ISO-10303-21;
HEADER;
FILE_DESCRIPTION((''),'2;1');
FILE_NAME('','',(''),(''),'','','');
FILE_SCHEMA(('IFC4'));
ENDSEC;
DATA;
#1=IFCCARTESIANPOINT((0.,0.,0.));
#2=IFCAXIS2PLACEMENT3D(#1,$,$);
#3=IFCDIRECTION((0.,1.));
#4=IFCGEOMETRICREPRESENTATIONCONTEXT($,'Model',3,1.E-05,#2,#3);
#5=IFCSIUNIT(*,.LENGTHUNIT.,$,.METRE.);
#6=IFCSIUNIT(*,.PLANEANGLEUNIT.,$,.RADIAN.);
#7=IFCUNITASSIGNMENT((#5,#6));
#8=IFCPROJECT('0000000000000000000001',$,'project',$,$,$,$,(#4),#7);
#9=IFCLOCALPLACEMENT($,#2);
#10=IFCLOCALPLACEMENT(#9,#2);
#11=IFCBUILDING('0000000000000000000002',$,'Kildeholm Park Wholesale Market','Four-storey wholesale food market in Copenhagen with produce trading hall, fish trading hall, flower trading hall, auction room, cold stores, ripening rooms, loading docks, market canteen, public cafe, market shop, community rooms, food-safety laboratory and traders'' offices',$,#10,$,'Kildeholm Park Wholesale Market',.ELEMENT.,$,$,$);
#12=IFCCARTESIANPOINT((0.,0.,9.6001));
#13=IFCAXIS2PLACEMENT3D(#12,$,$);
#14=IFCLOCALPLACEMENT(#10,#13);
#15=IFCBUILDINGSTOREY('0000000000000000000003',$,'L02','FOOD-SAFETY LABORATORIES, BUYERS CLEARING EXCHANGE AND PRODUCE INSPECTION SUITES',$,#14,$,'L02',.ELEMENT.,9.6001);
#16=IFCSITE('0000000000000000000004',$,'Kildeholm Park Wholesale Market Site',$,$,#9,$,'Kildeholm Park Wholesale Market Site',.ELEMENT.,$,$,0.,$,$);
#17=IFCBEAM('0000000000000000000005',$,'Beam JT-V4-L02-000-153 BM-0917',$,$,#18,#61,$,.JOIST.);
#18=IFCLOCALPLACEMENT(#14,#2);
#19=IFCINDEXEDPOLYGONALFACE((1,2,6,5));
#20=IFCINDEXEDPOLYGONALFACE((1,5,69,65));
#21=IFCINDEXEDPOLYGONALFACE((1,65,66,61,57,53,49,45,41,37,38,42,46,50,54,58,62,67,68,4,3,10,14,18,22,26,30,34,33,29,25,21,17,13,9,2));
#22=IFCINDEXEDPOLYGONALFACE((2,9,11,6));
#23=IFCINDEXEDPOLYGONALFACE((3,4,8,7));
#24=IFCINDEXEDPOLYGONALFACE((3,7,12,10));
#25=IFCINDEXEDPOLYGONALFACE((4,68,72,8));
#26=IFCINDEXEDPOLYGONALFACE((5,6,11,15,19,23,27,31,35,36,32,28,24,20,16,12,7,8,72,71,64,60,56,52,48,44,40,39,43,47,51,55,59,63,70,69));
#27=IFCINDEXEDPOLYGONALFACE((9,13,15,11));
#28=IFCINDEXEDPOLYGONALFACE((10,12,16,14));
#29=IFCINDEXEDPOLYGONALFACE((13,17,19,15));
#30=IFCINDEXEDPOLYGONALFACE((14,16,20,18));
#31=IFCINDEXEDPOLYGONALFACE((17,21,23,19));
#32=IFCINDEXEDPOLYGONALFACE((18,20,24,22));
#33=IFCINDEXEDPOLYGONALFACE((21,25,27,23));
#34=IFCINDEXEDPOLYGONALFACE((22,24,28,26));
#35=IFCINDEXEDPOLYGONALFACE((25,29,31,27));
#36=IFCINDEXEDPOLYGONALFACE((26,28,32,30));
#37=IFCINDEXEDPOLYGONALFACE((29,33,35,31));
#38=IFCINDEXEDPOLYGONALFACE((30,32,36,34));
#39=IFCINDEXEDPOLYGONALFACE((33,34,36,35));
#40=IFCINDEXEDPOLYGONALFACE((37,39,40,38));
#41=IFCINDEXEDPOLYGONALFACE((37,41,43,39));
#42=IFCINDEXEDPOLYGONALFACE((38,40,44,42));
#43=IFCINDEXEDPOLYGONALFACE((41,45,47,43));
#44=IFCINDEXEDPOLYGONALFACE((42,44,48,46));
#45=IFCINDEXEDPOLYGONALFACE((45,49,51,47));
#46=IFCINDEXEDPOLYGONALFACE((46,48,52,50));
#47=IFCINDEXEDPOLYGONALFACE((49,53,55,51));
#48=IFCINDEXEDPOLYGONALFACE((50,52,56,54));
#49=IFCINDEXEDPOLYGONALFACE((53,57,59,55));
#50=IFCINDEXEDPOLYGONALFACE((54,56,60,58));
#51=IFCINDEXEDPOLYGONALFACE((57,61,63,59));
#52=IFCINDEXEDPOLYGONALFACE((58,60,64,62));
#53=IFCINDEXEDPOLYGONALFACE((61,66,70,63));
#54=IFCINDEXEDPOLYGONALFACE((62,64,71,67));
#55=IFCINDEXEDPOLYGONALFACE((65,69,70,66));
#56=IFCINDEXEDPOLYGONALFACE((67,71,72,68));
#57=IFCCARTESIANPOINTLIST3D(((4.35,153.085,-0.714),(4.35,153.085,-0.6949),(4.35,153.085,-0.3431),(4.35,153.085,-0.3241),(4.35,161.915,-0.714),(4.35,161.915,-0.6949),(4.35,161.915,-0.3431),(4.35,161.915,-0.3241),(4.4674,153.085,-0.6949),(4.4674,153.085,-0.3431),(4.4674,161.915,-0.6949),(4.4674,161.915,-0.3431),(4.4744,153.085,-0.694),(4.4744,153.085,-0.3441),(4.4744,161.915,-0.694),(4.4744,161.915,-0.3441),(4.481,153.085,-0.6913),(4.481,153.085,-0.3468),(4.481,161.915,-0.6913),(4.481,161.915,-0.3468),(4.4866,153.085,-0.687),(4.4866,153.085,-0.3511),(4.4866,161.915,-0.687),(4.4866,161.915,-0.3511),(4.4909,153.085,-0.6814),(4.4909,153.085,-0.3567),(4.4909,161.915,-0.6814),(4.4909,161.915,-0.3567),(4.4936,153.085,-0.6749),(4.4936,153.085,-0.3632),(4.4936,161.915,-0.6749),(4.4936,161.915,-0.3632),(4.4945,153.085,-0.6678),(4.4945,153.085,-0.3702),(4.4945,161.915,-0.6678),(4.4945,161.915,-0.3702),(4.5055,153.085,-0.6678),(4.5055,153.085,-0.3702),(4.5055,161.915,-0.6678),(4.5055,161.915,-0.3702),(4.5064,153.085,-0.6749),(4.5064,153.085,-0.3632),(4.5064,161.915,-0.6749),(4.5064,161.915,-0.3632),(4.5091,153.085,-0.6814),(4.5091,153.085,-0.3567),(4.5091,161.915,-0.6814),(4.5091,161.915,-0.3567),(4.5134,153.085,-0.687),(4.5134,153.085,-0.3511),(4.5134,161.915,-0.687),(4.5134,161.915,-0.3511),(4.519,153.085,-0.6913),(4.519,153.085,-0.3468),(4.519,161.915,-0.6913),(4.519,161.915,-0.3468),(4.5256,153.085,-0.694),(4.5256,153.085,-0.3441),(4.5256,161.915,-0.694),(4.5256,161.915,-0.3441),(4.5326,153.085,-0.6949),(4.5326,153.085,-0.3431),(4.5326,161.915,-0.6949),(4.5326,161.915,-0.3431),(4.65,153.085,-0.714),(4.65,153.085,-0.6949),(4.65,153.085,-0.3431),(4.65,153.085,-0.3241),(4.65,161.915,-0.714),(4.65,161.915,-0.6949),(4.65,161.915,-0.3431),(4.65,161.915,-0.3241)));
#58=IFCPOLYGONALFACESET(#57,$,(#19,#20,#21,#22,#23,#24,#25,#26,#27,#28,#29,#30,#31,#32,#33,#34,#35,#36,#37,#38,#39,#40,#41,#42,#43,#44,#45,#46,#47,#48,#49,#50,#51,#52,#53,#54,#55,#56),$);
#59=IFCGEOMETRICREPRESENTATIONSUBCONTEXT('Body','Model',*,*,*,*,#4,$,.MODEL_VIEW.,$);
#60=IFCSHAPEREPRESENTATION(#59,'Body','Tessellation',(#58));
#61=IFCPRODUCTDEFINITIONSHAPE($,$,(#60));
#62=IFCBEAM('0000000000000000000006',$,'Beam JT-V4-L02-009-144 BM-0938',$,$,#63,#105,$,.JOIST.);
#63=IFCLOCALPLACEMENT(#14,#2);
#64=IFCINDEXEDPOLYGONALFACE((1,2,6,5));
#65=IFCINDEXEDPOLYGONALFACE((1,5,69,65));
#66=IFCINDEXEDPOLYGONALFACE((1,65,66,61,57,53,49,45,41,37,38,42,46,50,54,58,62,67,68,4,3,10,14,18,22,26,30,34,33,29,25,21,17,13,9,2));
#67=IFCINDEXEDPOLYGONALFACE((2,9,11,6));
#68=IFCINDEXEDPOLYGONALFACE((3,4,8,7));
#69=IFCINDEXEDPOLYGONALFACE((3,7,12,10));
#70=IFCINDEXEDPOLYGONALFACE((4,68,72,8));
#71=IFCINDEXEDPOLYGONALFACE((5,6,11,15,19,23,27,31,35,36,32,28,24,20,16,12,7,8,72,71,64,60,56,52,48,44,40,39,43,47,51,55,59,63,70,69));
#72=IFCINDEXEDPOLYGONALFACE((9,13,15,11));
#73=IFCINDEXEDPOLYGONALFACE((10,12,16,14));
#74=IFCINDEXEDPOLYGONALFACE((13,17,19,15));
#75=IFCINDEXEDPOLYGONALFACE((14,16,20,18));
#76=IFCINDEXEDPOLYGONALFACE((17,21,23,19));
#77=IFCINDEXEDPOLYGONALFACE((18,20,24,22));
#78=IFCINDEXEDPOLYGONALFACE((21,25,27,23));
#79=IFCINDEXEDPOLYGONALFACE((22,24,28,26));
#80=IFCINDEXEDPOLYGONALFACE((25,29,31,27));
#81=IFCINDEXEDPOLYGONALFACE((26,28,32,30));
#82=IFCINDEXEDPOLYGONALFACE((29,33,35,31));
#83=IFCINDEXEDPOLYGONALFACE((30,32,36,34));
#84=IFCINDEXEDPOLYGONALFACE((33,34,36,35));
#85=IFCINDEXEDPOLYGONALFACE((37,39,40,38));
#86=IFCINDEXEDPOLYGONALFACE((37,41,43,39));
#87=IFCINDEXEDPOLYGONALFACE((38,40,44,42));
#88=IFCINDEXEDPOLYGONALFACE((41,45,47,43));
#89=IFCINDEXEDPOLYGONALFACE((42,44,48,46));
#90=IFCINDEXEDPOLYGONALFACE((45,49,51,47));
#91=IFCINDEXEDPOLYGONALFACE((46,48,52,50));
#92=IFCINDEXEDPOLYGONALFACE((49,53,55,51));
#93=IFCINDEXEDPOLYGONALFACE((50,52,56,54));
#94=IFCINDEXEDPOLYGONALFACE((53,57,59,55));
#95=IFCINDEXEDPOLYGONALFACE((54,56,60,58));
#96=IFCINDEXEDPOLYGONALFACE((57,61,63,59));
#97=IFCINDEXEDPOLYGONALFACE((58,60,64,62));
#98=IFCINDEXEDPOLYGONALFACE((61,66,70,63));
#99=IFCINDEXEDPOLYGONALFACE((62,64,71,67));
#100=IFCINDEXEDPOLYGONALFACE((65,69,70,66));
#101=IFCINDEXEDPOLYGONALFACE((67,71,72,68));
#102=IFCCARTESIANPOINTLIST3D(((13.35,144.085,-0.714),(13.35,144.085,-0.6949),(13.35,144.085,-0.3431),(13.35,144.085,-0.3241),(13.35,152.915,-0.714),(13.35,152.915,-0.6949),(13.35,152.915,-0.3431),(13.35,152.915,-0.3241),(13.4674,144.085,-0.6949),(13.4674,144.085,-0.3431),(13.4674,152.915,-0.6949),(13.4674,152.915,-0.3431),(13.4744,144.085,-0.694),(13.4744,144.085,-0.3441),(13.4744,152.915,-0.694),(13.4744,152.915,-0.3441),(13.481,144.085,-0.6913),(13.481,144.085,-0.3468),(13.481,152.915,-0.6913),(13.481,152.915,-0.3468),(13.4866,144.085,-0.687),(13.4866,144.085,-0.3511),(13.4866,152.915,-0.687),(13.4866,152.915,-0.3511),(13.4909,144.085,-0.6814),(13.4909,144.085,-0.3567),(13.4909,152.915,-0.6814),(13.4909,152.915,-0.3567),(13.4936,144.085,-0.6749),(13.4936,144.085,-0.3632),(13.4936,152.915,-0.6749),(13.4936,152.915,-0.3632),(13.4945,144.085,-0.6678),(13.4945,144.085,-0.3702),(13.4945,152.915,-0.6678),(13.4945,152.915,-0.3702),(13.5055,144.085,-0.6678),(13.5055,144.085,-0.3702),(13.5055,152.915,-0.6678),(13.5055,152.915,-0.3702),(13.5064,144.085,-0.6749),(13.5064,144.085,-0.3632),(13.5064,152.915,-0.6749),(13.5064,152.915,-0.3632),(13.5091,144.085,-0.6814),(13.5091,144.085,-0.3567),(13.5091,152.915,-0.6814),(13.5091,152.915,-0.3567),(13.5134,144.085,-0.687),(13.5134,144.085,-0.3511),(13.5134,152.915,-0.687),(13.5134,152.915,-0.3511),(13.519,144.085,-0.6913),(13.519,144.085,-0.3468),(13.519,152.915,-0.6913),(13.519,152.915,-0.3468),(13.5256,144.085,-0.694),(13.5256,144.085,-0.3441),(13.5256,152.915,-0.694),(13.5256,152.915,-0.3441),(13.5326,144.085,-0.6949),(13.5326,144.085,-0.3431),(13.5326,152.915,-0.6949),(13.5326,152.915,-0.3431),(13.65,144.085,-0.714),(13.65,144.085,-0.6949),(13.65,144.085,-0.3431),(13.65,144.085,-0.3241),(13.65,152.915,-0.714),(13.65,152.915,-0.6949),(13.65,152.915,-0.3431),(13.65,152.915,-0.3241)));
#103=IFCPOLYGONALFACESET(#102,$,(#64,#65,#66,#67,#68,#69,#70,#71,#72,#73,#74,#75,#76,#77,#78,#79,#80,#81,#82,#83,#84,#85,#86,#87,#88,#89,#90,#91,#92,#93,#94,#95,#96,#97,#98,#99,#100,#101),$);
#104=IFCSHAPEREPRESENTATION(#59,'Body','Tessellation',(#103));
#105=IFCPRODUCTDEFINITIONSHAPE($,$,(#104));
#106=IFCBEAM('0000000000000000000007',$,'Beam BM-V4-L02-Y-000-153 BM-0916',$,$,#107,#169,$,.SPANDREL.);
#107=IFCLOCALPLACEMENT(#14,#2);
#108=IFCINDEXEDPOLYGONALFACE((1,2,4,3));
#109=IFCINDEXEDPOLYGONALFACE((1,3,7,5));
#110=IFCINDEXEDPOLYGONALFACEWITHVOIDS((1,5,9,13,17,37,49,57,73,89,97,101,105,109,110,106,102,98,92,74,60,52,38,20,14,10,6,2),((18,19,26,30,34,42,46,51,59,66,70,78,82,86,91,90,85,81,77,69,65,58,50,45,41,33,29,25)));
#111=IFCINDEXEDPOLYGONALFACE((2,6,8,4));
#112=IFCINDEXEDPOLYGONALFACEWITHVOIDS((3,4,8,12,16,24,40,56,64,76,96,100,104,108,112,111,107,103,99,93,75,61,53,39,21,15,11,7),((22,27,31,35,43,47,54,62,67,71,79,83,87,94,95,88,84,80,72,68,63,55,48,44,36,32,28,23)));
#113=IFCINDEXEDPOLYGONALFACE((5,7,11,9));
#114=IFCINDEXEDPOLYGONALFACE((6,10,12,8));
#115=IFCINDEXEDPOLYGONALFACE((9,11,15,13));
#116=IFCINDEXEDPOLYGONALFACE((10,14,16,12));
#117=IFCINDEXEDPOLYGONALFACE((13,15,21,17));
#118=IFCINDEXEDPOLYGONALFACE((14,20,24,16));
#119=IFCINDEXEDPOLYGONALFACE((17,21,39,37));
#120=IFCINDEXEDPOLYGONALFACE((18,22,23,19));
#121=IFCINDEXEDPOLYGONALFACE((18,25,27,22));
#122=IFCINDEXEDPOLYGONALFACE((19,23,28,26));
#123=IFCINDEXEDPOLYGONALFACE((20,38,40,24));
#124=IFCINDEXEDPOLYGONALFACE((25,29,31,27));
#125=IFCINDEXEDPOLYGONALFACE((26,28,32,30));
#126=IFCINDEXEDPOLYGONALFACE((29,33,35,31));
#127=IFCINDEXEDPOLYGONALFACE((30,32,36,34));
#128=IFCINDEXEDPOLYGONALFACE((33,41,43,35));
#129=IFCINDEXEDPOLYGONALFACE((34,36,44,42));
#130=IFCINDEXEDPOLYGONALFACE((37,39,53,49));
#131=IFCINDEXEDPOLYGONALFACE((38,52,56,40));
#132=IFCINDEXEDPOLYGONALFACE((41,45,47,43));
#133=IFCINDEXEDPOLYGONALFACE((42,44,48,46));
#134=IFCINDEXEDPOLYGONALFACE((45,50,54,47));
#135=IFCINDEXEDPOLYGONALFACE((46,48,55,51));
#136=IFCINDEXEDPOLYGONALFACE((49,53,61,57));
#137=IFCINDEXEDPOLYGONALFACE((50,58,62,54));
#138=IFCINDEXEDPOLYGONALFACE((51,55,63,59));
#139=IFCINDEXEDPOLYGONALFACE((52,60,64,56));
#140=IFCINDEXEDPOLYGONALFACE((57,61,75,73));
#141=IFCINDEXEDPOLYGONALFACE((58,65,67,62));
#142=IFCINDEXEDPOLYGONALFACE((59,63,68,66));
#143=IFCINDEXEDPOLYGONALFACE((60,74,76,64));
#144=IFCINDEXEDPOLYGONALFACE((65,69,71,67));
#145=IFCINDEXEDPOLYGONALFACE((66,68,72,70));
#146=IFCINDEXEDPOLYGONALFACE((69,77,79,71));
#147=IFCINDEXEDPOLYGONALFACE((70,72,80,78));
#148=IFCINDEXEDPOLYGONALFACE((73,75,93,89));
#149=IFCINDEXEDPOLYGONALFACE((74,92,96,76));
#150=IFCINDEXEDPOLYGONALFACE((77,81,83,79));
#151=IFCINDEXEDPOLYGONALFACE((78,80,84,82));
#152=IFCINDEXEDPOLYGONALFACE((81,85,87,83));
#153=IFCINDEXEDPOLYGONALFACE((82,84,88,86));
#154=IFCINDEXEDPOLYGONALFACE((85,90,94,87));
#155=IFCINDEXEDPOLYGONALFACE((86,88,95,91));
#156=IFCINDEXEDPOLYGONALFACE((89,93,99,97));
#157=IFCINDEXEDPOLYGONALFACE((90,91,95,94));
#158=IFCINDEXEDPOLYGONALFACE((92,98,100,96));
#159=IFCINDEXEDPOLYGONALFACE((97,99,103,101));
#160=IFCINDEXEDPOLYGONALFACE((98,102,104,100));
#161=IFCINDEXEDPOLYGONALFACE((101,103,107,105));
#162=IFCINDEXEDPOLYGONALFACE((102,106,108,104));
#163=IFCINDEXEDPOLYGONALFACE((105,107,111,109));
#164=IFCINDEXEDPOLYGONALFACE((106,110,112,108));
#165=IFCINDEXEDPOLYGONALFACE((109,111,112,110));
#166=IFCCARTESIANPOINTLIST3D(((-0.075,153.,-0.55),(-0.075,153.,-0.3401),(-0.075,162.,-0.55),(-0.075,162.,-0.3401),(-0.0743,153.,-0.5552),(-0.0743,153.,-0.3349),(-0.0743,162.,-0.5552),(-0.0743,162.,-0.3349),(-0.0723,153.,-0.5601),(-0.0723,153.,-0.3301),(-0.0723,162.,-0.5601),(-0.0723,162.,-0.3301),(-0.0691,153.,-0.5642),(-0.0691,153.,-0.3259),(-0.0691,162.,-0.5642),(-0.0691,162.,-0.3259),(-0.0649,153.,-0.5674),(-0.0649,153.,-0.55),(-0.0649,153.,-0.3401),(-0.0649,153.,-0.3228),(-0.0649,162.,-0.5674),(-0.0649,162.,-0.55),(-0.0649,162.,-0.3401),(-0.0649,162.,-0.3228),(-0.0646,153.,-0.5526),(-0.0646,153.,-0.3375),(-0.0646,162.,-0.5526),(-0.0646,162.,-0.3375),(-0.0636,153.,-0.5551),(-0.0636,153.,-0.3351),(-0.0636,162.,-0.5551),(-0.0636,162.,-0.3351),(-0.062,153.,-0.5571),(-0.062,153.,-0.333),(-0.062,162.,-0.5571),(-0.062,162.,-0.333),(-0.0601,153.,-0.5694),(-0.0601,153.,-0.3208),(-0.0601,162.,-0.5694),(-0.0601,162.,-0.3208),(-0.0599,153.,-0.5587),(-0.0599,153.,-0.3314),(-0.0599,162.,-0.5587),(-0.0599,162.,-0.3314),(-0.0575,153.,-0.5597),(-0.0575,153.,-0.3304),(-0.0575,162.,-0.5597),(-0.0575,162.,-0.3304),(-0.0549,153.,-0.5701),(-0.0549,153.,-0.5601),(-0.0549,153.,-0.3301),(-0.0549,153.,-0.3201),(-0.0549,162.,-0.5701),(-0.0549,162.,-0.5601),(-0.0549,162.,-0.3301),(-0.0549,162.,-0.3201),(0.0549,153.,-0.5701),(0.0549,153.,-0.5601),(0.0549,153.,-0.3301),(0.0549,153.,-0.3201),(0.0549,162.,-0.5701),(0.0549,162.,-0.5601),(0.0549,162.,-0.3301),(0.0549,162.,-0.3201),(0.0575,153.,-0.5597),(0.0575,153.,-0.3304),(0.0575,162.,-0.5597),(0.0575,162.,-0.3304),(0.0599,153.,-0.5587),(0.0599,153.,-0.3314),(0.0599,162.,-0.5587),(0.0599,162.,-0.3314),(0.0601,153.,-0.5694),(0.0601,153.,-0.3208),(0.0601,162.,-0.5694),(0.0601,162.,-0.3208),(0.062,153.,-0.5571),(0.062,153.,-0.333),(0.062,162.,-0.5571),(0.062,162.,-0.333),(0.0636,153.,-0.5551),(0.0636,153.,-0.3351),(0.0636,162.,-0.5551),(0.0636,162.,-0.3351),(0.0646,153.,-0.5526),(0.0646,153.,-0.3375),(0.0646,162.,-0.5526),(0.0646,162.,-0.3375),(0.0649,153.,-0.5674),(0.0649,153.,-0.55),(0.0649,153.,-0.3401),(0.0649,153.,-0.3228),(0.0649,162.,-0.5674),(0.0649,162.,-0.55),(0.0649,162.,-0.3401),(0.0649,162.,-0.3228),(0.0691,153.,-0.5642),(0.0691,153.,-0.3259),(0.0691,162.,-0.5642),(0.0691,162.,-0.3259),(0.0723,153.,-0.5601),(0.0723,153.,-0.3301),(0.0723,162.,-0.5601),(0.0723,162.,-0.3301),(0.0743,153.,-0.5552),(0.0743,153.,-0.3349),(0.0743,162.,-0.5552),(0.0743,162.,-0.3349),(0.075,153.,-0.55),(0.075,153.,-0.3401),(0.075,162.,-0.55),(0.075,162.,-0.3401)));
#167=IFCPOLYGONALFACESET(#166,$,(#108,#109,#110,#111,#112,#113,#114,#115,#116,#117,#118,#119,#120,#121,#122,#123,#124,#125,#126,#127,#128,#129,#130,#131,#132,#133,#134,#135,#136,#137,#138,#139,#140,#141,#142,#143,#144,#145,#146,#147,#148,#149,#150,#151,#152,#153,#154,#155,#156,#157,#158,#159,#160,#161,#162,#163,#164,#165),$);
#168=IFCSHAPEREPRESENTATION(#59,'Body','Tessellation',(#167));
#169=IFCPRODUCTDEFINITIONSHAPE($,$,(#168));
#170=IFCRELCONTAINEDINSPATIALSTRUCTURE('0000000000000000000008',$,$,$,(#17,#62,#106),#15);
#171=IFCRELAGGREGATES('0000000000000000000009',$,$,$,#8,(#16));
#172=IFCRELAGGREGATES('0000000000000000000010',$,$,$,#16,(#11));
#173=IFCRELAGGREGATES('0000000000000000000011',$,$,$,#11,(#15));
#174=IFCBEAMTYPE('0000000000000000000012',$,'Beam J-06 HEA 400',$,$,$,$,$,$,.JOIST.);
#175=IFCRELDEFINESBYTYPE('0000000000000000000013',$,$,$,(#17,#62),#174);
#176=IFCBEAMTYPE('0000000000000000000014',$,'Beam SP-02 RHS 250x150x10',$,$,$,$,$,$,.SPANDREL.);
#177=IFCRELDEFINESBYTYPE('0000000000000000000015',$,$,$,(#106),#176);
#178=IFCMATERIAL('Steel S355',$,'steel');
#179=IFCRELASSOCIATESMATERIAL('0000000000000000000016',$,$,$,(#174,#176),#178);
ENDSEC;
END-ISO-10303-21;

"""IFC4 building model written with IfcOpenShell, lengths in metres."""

from ifc_helpers import new_model, si_unit, direction, frame, origin, origin_2d, place, context, subcontext, project, spatial, hollow_rectangle, i_section, extrude, material, material_profile, profile_set, type_object, element, save


model = new_model("IFC4")

# Units and contexts
model_context = context("Model", 3, precision=1e-05, world=origin(), true_north=direction((0.0, 1.0)))
body_context = subcontext(model_context, "Body", "Model", "MODEL_VIEW")
ifc_project = project(units=[si_unit("LENGTHUNIT", "METRE"), si_unit("PLANEANGLEUNIT", "RADIAN")], contexts=[model_context])

# Site, building, storey
site_placement = place(None, origin())
site = spatial("IfcSite", under=ifc_project, at=site_placement, Name="Kildeholm Park Wholesale Market Site", LongName="Kildeholm Park Wholesale Market Site", CompositionType="ELEMENT", RefElevation=0.0)
building_placement = place(site_placement, origin())
building = spatial("IfcBuilding", under=site, at=building_placement, Name="Kildeholm Park Wholesale Market", Description="Four-storey wholesale food market in Copenhagen with produce trading hall, fish trading hall, flower trading hall, auction room, cold stores, ripening rooms, loading docks, market canteen, public cafe, market shop, community rooms, food-safety laboratory and traders' offices", LongName="Kildeholm Park Wholesale Market", CompositionType="ELEMENT")
storey_placement = place(building_placement, frame((0.0, 0.0, 9.6001)))
storey = spatial("IfcBuildingStorey", under=building, at=storey_placement, Name="L02", Description="FOOD-SAFETY LABORATORIES, BUYERS CLEARING EXCHANGE AND PRODUCE INSPECTION SUITES", LongName="L02", CompositionType="ELEMENT", Elevation=9.6001)

# Beams
ifc_material_1 = material(Name="Steel S355", Category="steel")
ifc_material_profile_1 = material_profile(ifc_material_1, i_section(OverallWidth=0.3, OverallDepth=0.3899, WebThickness=0.011, FlangeThickness=0.019, FilletRadius=0.0271, at=origin_2d()), Name="HEA 400")
ifc_profile_set_1 = profile_set([ifc_material_profile_1], Name="Steel S355")
beam_type_1 = type_object("IfcBeamType", Name="Beam J-06 HEA 400", PredefinedType="JOIST", material=ifc_profile_set_1)
for number, where, z_axis, x_axis, name in (
    (1, (4.5, 153.085, -0.519), (0.0, 1.0, 0.0), (-1.0, 0.0, 0.0), "Beam JT-V4-L02-000-153 BM-0917"),
    (2, (13.5, 144.085, -0.519), (0.0, 1.0, 0.0), (-1.0, 0.0, 0.0), "Beam JT-V4-L02-009-144 BM-0938"),
):
    element("IfcBeam", number, at=place(storey_placement, frame(where, z_axis=z_axis, x_axis=x_axis)), inside=storey, type_object=beam_type_1, Name=name, PredefinedType="JOIST", context=body_context, shape_type="SweptSolid", body=[
        extrude(i_section(OverallWidth=0.3, OverallDepth=0.3899, WebThickness=0.011, FlangeThickness=0.019, FilletRadius=0.0271, at=origin_2d()), origin(), (0.0, 0.0, 1.0), 8.8301),
    ])
ifc_material_profile_2 = material_profile(ifc_material_1, hollow_rectangle(XDim=0.1499, YDim=0.25, WallThickness=0.01, InnerFilletRadius=0.01, OuterFilletRadius=0.02, at=origin_2d()), Name="RHS 250x150x10")
ifc_profile_set_2 = profile_set([ifc_material_profile_2], Name="Steel S355")
beam_type_2 = type_object("IfcBeamType", Name="Beam SP-02 RHS 250x150x10", PredefinedType="SPANDREL", material=ifc_profile_set_2)
beam_1_placement = place(storey_placement, frame((0.0, 153.0, -0.4451), z_axis=(0.0, 1.0, 0.0), x_axis=(-1.0, 0.0, 0.0)))
element("IfcBeam", 3, at=beam_1_placement, inside=storey, type_object=beam_type_2, Name="Beam BM-V4-L02-Y-000-153 BM-0916", PredefinedType="SPANDREL", context=body_context, shape_type="SweptSolid", body=[
    extrude(hollow_rectangle(XDim=0.1499, YDim=0.25, WallThickness=0.01, InnerFilletRadius=0.01, OuterFilletRadius=0.02, at=origin_2d()), origin(), (0.0, 0.0, 1.0), 9.0),
])

save(model, "model.ifc")
